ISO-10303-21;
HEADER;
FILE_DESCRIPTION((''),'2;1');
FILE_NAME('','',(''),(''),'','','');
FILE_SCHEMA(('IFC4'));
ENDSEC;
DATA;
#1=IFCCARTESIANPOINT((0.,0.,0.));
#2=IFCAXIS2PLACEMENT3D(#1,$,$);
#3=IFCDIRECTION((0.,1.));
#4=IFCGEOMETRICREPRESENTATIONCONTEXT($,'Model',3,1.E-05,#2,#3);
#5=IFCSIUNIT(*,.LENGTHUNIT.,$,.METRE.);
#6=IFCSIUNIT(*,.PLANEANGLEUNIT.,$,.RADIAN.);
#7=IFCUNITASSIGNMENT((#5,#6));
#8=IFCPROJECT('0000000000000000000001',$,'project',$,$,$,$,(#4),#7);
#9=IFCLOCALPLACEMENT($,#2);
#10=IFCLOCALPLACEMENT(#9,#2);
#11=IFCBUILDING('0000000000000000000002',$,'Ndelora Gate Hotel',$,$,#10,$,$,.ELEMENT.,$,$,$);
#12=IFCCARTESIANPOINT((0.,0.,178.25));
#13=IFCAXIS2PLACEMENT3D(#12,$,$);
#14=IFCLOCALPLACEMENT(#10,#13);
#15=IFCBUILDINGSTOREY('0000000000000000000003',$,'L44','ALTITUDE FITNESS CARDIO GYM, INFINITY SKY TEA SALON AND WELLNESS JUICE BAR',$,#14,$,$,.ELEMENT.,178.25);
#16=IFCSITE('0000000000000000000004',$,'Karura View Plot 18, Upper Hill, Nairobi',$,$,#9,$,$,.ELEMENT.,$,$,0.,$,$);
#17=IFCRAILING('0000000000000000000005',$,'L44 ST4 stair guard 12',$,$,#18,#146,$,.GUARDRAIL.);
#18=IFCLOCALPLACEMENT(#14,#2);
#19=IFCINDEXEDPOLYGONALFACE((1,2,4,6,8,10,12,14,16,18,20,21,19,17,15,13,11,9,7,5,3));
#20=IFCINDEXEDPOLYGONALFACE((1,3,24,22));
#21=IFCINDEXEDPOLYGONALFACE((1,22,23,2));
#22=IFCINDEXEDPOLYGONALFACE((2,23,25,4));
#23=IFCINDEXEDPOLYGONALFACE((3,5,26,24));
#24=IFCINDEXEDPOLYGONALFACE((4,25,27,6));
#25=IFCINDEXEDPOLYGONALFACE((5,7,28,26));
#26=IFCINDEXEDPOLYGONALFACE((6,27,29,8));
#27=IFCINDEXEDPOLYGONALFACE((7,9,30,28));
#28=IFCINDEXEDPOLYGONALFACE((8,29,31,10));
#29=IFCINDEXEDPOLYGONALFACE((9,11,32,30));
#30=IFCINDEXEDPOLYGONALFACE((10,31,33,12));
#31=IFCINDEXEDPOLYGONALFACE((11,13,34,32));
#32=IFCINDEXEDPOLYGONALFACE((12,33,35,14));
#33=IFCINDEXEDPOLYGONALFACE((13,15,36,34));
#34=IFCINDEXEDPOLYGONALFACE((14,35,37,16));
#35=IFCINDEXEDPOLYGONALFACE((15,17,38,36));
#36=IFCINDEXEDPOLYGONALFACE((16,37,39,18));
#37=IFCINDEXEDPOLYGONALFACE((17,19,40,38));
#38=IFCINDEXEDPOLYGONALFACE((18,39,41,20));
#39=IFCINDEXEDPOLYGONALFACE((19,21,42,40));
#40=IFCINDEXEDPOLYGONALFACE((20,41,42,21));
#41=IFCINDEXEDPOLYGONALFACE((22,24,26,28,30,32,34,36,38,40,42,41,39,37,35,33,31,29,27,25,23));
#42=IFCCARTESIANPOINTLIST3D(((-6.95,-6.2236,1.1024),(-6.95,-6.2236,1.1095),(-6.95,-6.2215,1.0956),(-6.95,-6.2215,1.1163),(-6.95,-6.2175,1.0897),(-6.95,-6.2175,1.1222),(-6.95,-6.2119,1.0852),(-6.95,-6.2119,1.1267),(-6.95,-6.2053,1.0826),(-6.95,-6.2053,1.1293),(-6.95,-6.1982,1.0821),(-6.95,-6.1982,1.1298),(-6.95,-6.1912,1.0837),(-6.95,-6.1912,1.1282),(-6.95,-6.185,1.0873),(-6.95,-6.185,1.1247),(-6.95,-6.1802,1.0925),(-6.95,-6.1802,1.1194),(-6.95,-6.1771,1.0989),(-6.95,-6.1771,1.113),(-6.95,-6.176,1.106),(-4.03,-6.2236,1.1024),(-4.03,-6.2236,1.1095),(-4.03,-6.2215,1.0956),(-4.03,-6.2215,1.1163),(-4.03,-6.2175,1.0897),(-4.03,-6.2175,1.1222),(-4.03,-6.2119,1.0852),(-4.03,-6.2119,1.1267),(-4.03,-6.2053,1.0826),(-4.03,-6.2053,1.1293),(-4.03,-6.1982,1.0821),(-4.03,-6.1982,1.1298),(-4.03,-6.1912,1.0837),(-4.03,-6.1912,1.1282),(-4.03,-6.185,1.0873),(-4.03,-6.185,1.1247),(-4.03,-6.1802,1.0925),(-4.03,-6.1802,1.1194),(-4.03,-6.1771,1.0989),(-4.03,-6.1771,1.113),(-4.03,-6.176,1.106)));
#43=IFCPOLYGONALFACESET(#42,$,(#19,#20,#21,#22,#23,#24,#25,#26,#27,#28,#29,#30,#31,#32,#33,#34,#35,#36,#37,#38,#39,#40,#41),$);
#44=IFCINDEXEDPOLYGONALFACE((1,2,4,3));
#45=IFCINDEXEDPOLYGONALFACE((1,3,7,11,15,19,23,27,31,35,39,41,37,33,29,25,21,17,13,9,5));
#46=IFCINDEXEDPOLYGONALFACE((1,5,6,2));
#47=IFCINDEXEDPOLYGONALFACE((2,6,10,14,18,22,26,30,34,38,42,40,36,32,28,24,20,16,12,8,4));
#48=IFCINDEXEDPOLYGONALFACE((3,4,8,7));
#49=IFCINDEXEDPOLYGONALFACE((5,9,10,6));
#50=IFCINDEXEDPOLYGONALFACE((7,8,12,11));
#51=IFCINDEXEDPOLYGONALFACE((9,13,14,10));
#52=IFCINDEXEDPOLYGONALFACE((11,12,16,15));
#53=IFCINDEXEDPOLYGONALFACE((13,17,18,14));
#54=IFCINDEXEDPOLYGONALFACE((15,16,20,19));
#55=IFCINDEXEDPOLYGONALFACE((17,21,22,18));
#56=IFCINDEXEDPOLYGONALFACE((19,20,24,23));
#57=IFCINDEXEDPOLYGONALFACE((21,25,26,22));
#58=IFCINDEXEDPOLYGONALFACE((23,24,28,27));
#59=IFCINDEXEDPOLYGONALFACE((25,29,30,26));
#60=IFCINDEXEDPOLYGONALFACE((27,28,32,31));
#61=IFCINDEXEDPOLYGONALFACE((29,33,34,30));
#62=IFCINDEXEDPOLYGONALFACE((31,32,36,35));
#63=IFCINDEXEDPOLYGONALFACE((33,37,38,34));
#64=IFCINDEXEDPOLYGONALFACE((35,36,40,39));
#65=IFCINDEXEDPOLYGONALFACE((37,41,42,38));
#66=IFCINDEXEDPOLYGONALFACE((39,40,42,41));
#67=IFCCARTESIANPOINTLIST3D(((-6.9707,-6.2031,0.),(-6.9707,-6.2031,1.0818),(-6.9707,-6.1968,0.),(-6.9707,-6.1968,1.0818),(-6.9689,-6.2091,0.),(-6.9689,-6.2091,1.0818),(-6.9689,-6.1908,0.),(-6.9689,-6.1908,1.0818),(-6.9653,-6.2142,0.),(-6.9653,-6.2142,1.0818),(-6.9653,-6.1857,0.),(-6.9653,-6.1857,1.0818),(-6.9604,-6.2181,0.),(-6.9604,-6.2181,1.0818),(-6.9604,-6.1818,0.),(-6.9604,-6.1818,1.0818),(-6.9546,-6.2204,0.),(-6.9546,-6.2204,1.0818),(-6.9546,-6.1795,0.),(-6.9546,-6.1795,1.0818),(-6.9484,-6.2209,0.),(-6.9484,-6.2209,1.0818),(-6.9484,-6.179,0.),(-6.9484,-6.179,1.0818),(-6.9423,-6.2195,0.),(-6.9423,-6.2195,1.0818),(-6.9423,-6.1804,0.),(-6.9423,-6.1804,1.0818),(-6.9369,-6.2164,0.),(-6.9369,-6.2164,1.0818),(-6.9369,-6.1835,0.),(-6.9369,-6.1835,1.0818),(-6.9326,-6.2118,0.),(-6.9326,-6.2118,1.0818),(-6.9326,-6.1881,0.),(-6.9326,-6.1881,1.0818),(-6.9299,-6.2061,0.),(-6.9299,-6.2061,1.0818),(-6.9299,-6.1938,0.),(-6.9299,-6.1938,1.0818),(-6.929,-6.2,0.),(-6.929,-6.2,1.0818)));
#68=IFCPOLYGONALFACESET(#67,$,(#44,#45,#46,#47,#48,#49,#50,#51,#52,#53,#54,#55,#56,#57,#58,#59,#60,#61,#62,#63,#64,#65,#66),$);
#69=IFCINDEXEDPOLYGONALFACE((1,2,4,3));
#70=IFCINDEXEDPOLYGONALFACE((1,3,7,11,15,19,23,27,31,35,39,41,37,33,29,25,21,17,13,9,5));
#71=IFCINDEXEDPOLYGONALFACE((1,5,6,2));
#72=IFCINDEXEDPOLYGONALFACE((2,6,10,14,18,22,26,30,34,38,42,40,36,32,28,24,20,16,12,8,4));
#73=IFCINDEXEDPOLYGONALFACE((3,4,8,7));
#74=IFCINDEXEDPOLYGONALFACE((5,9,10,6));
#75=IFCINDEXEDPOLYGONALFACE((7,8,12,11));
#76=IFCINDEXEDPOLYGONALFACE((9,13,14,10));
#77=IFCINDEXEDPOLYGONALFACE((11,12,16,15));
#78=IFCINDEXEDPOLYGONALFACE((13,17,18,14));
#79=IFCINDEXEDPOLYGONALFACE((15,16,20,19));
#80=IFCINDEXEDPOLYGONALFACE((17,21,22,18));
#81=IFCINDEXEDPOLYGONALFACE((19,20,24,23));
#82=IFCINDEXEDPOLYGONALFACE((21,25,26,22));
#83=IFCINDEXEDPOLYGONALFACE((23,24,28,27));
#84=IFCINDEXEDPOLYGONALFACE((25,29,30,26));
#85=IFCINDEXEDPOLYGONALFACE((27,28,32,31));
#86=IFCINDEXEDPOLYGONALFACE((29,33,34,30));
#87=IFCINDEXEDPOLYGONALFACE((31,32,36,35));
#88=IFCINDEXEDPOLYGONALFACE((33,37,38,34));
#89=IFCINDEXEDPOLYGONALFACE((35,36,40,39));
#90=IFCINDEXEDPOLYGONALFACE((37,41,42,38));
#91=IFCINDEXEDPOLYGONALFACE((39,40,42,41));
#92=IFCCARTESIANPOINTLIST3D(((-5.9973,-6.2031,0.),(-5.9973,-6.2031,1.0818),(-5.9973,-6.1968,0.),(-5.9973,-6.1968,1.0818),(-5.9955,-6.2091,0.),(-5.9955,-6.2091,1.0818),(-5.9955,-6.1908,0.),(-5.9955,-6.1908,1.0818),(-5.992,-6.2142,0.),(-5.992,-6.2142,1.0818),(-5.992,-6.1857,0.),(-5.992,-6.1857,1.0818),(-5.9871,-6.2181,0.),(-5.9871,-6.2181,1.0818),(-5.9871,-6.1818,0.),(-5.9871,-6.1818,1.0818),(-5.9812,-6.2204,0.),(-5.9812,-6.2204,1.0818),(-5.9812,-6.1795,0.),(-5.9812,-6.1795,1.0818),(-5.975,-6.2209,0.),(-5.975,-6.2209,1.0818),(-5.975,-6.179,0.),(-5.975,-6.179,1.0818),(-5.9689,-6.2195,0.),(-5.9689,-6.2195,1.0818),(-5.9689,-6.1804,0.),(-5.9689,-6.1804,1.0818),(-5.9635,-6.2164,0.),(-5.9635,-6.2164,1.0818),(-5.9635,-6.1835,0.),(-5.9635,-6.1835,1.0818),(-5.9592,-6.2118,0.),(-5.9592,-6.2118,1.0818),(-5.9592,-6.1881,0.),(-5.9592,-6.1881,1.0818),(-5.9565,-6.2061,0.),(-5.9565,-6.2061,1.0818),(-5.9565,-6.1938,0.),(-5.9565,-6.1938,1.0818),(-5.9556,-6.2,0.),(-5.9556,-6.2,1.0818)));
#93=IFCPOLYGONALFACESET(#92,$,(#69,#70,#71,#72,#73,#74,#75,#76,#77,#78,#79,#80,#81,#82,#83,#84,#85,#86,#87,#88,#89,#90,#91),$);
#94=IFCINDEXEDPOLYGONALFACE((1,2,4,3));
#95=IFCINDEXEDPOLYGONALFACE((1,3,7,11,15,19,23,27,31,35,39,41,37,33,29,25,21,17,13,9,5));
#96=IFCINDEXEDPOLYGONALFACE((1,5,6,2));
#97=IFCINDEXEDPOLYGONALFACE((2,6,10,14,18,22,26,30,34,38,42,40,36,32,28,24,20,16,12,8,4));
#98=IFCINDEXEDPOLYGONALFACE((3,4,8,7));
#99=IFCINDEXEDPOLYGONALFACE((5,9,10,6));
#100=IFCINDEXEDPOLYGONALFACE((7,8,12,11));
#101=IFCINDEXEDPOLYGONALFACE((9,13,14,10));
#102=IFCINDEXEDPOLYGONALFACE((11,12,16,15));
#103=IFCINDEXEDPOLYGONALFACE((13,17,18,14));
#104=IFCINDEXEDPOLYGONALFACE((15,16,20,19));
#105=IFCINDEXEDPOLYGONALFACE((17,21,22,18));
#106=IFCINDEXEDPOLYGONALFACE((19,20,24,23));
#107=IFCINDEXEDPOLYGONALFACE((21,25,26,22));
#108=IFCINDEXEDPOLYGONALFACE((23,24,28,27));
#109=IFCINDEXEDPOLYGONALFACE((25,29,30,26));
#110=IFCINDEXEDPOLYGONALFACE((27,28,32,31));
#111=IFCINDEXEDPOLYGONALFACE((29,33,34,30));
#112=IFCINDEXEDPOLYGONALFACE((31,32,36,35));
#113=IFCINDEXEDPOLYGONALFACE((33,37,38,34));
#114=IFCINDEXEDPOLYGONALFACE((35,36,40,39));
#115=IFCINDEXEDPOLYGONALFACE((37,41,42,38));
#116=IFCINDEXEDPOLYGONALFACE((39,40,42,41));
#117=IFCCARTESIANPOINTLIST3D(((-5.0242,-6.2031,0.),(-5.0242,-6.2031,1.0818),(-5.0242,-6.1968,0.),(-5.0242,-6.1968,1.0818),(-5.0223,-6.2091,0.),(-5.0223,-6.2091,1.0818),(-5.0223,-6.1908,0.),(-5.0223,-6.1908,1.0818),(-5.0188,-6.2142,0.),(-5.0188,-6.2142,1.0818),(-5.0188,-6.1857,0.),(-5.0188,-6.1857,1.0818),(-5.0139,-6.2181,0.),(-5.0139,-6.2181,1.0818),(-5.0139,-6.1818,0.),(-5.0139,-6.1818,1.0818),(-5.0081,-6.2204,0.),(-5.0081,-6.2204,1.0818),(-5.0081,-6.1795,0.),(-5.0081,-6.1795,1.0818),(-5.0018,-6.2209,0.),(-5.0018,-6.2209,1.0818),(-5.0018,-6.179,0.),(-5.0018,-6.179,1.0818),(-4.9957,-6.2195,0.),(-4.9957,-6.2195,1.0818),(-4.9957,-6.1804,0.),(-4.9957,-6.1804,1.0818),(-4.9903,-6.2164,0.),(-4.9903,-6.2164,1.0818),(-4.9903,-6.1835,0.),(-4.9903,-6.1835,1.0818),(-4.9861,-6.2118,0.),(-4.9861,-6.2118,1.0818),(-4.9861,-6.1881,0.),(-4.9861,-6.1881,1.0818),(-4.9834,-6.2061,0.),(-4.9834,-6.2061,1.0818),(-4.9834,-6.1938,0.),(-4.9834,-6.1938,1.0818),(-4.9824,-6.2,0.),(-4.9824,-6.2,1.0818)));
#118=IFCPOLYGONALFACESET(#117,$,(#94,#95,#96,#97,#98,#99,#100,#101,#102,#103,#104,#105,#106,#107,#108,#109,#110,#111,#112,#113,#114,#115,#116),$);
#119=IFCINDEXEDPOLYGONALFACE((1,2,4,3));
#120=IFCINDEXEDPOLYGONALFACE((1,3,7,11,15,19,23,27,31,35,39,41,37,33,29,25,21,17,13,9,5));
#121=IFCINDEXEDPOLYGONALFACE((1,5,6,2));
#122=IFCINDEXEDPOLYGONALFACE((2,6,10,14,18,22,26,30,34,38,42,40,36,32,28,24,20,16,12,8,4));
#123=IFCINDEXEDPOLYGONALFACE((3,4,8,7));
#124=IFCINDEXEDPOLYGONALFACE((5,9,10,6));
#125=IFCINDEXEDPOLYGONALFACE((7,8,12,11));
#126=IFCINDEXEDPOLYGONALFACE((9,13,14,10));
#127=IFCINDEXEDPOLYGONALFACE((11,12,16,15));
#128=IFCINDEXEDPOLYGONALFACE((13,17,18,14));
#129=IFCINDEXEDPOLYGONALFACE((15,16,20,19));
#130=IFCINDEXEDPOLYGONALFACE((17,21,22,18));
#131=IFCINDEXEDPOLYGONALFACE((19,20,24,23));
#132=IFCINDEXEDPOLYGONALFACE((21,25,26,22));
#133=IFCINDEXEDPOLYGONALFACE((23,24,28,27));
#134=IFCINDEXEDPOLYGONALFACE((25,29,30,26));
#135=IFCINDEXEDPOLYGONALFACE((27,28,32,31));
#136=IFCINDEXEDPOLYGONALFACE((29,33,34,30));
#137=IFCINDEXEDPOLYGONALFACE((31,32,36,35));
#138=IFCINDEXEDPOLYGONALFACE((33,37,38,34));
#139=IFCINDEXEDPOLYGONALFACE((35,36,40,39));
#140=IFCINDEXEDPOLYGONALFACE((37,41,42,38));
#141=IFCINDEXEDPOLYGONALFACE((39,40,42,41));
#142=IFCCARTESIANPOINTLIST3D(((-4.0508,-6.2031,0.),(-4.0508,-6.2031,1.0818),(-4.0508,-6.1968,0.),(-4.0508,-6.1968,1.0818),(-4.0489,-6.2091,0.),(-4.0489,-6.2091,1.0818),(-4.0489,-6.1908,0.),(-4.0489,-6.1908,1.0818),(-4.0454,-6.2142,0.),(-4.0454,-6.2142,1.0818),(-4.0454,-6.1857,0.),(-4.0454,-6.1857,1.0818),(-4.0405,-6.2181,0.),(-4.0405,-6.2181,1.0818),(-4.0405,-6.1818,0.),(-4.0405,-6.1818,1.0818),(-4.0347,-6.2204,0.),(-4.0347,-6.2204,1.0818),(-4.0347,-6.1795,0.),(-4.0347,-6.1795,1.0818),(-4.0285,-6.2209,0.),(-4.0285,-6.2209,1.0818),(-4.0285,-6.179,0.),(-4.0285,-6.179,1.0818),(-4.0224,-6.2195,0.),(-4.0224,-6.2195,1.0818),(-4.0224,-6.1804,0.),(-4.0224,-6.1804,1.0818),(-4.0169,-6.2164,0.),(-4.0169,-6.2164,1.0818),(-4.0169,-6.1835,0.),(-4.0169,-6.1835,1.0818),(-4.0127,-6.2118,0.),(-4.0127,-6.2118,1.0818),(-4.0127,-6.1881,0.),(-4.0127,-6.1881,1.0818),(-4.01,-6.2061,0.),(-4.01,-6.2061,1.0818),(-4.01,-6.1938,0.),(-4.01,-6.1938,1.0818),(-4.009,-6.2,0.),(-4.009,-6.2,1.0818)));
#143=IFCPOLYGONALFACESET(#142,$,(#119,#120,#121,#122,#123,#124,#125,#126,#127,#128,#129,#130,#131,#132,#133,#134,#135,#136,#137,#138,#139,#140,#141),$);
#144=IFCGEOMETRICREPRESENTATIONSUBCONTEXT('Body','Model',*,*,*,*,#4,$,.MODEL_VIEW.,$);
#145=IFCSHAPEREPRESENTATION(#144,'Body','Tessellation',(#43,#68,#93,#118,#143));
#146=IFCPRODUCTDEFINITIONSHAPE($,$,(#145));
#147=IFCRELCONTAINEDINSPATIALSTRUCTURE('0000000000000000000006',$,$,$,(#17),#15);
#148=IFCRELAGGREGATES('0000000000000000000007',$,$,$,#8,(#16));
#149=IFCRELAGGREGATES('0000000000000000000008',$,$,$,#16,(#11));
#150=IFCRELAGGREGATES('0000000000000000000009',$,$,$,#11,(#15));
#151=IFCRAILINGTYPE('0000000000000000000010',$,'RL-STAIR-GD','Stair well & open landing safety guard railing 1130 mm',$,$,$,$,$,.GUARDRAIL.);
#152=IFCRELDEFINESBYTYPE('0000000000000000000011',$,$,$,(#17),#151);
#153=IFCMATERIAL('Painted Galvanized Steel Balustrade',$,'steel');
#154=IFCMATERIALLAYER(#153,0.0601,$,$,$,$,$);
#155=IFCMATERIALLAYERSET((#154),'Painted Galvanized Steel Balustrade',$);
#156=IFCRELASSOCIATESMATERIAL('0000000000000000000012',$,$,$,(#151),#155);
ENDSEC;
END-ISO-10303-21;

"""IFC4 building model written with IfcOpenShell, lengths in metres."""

from ifc_helpers import new_model, si_unit, direction, frame, origin, origin_2d, place, context, subcontext, project, spatial, circle, extrude, material, layer, layer_set, type_object, element, save


model = new_model("IFC4")

# Units and contexts
model_context = context("Model", 3, precision=1e-05, world=origin(), true_north=direction((0.0, 1.0)))
body_context = subcontext(model_context, "Body", "Model", "MODEL_VIEW")
ifc_project = project(units=[si_unit("LENGTHUNIT", "METRE"), si_unit("PLANEANGLEUNIT", "RADIAN")], contexts=[model_context])

# Site, building, storey
site_placement = place(None, origin())
site = spatial("IfcSite", under=ifc_project, at=site_placement, Name="Karura View Plot 18, Upper Hill, Nairobi", CompositionType="ELEMENT", RefElevation=0.0)
building_placement = place(site_placement, origin())
building = spatial("IfcBuilding", under=site, at=building_placement, Name="Ndelora Gate Hotel", CompositionType="ELEMENT")
storey_placement = place(building_placement, frame((0.0, 0.0, 178.25)))
storey = spatial("IfcBuildingStorey", under=building, at=storey_placement, Name="L44", Description="ALTITUDE FITNESS CARDIO GYM, INFINITY SKY TEA SALON AND WELLNESS JUICE BAR", CompositionType="ELEMENT", Elevation=178.25)

# Railing
ifc_material_1 = material(Name="Painted Galvanized Steel Balustrade", Category="steel")
ifc_layer_1 = layer(ifc_material_1, 0.0601)
ifc_layer_set_1 = layer_set([ifc_layer_1], Name="Painted Galvanized Steel Balustrade")
railing_type_1 = type_object("IfcRailingType", Name="RL-STAIR-GD", Description="Stair well & open landing safety guard railing 1130 mm", PredefinedType="GUARDRAIL", material=ifc_layer_set_1)
railing_1_placement = place(storey_placement, frame((-6.95, -6.2, 0.0)))
element("IfcRailing", 1, at=railing_1_placement, inside=storey, type_object=railing_type_1, Name="L44 ST4 stair guard 12", PredefinedType="GUARDRAIL", context=body_context, shape_type="SweptSolid", body=[
    extrude(circle(Radius=0.0239, at=origin_2d()), frame((0.0, 0.0, 1.106), z_axis=(1.0, 0.0, 0.0), x_axis=(0.0, 1.0, 0.0)), (0.0, 0.0, 1.0), 2.9199),
    extrude(circle(Radius=0.021, at=origin_2d()), origin(), (0.0, 0.0, 1.0), 1.0818),
    extrude(circle(Radius=0.021, at=origin_2d()), frame((0.9734, 0.0, 0.0)), (0.0, 0.0, 1.0), 1.0818),
    extrude(circle(Radius=0.021, at=origin_2d()), frame((1.9465, 0.0, 0.0)), (0.0, 0.0, 1.0), 1.0818),
    extrude(circle(Radius=0.021, at=origin_2d()), frame((2.9199, 0.0, 0.0)), (0.0, 0.0, 1.0), 1.0818),
])

save(model, "model.ifc")
